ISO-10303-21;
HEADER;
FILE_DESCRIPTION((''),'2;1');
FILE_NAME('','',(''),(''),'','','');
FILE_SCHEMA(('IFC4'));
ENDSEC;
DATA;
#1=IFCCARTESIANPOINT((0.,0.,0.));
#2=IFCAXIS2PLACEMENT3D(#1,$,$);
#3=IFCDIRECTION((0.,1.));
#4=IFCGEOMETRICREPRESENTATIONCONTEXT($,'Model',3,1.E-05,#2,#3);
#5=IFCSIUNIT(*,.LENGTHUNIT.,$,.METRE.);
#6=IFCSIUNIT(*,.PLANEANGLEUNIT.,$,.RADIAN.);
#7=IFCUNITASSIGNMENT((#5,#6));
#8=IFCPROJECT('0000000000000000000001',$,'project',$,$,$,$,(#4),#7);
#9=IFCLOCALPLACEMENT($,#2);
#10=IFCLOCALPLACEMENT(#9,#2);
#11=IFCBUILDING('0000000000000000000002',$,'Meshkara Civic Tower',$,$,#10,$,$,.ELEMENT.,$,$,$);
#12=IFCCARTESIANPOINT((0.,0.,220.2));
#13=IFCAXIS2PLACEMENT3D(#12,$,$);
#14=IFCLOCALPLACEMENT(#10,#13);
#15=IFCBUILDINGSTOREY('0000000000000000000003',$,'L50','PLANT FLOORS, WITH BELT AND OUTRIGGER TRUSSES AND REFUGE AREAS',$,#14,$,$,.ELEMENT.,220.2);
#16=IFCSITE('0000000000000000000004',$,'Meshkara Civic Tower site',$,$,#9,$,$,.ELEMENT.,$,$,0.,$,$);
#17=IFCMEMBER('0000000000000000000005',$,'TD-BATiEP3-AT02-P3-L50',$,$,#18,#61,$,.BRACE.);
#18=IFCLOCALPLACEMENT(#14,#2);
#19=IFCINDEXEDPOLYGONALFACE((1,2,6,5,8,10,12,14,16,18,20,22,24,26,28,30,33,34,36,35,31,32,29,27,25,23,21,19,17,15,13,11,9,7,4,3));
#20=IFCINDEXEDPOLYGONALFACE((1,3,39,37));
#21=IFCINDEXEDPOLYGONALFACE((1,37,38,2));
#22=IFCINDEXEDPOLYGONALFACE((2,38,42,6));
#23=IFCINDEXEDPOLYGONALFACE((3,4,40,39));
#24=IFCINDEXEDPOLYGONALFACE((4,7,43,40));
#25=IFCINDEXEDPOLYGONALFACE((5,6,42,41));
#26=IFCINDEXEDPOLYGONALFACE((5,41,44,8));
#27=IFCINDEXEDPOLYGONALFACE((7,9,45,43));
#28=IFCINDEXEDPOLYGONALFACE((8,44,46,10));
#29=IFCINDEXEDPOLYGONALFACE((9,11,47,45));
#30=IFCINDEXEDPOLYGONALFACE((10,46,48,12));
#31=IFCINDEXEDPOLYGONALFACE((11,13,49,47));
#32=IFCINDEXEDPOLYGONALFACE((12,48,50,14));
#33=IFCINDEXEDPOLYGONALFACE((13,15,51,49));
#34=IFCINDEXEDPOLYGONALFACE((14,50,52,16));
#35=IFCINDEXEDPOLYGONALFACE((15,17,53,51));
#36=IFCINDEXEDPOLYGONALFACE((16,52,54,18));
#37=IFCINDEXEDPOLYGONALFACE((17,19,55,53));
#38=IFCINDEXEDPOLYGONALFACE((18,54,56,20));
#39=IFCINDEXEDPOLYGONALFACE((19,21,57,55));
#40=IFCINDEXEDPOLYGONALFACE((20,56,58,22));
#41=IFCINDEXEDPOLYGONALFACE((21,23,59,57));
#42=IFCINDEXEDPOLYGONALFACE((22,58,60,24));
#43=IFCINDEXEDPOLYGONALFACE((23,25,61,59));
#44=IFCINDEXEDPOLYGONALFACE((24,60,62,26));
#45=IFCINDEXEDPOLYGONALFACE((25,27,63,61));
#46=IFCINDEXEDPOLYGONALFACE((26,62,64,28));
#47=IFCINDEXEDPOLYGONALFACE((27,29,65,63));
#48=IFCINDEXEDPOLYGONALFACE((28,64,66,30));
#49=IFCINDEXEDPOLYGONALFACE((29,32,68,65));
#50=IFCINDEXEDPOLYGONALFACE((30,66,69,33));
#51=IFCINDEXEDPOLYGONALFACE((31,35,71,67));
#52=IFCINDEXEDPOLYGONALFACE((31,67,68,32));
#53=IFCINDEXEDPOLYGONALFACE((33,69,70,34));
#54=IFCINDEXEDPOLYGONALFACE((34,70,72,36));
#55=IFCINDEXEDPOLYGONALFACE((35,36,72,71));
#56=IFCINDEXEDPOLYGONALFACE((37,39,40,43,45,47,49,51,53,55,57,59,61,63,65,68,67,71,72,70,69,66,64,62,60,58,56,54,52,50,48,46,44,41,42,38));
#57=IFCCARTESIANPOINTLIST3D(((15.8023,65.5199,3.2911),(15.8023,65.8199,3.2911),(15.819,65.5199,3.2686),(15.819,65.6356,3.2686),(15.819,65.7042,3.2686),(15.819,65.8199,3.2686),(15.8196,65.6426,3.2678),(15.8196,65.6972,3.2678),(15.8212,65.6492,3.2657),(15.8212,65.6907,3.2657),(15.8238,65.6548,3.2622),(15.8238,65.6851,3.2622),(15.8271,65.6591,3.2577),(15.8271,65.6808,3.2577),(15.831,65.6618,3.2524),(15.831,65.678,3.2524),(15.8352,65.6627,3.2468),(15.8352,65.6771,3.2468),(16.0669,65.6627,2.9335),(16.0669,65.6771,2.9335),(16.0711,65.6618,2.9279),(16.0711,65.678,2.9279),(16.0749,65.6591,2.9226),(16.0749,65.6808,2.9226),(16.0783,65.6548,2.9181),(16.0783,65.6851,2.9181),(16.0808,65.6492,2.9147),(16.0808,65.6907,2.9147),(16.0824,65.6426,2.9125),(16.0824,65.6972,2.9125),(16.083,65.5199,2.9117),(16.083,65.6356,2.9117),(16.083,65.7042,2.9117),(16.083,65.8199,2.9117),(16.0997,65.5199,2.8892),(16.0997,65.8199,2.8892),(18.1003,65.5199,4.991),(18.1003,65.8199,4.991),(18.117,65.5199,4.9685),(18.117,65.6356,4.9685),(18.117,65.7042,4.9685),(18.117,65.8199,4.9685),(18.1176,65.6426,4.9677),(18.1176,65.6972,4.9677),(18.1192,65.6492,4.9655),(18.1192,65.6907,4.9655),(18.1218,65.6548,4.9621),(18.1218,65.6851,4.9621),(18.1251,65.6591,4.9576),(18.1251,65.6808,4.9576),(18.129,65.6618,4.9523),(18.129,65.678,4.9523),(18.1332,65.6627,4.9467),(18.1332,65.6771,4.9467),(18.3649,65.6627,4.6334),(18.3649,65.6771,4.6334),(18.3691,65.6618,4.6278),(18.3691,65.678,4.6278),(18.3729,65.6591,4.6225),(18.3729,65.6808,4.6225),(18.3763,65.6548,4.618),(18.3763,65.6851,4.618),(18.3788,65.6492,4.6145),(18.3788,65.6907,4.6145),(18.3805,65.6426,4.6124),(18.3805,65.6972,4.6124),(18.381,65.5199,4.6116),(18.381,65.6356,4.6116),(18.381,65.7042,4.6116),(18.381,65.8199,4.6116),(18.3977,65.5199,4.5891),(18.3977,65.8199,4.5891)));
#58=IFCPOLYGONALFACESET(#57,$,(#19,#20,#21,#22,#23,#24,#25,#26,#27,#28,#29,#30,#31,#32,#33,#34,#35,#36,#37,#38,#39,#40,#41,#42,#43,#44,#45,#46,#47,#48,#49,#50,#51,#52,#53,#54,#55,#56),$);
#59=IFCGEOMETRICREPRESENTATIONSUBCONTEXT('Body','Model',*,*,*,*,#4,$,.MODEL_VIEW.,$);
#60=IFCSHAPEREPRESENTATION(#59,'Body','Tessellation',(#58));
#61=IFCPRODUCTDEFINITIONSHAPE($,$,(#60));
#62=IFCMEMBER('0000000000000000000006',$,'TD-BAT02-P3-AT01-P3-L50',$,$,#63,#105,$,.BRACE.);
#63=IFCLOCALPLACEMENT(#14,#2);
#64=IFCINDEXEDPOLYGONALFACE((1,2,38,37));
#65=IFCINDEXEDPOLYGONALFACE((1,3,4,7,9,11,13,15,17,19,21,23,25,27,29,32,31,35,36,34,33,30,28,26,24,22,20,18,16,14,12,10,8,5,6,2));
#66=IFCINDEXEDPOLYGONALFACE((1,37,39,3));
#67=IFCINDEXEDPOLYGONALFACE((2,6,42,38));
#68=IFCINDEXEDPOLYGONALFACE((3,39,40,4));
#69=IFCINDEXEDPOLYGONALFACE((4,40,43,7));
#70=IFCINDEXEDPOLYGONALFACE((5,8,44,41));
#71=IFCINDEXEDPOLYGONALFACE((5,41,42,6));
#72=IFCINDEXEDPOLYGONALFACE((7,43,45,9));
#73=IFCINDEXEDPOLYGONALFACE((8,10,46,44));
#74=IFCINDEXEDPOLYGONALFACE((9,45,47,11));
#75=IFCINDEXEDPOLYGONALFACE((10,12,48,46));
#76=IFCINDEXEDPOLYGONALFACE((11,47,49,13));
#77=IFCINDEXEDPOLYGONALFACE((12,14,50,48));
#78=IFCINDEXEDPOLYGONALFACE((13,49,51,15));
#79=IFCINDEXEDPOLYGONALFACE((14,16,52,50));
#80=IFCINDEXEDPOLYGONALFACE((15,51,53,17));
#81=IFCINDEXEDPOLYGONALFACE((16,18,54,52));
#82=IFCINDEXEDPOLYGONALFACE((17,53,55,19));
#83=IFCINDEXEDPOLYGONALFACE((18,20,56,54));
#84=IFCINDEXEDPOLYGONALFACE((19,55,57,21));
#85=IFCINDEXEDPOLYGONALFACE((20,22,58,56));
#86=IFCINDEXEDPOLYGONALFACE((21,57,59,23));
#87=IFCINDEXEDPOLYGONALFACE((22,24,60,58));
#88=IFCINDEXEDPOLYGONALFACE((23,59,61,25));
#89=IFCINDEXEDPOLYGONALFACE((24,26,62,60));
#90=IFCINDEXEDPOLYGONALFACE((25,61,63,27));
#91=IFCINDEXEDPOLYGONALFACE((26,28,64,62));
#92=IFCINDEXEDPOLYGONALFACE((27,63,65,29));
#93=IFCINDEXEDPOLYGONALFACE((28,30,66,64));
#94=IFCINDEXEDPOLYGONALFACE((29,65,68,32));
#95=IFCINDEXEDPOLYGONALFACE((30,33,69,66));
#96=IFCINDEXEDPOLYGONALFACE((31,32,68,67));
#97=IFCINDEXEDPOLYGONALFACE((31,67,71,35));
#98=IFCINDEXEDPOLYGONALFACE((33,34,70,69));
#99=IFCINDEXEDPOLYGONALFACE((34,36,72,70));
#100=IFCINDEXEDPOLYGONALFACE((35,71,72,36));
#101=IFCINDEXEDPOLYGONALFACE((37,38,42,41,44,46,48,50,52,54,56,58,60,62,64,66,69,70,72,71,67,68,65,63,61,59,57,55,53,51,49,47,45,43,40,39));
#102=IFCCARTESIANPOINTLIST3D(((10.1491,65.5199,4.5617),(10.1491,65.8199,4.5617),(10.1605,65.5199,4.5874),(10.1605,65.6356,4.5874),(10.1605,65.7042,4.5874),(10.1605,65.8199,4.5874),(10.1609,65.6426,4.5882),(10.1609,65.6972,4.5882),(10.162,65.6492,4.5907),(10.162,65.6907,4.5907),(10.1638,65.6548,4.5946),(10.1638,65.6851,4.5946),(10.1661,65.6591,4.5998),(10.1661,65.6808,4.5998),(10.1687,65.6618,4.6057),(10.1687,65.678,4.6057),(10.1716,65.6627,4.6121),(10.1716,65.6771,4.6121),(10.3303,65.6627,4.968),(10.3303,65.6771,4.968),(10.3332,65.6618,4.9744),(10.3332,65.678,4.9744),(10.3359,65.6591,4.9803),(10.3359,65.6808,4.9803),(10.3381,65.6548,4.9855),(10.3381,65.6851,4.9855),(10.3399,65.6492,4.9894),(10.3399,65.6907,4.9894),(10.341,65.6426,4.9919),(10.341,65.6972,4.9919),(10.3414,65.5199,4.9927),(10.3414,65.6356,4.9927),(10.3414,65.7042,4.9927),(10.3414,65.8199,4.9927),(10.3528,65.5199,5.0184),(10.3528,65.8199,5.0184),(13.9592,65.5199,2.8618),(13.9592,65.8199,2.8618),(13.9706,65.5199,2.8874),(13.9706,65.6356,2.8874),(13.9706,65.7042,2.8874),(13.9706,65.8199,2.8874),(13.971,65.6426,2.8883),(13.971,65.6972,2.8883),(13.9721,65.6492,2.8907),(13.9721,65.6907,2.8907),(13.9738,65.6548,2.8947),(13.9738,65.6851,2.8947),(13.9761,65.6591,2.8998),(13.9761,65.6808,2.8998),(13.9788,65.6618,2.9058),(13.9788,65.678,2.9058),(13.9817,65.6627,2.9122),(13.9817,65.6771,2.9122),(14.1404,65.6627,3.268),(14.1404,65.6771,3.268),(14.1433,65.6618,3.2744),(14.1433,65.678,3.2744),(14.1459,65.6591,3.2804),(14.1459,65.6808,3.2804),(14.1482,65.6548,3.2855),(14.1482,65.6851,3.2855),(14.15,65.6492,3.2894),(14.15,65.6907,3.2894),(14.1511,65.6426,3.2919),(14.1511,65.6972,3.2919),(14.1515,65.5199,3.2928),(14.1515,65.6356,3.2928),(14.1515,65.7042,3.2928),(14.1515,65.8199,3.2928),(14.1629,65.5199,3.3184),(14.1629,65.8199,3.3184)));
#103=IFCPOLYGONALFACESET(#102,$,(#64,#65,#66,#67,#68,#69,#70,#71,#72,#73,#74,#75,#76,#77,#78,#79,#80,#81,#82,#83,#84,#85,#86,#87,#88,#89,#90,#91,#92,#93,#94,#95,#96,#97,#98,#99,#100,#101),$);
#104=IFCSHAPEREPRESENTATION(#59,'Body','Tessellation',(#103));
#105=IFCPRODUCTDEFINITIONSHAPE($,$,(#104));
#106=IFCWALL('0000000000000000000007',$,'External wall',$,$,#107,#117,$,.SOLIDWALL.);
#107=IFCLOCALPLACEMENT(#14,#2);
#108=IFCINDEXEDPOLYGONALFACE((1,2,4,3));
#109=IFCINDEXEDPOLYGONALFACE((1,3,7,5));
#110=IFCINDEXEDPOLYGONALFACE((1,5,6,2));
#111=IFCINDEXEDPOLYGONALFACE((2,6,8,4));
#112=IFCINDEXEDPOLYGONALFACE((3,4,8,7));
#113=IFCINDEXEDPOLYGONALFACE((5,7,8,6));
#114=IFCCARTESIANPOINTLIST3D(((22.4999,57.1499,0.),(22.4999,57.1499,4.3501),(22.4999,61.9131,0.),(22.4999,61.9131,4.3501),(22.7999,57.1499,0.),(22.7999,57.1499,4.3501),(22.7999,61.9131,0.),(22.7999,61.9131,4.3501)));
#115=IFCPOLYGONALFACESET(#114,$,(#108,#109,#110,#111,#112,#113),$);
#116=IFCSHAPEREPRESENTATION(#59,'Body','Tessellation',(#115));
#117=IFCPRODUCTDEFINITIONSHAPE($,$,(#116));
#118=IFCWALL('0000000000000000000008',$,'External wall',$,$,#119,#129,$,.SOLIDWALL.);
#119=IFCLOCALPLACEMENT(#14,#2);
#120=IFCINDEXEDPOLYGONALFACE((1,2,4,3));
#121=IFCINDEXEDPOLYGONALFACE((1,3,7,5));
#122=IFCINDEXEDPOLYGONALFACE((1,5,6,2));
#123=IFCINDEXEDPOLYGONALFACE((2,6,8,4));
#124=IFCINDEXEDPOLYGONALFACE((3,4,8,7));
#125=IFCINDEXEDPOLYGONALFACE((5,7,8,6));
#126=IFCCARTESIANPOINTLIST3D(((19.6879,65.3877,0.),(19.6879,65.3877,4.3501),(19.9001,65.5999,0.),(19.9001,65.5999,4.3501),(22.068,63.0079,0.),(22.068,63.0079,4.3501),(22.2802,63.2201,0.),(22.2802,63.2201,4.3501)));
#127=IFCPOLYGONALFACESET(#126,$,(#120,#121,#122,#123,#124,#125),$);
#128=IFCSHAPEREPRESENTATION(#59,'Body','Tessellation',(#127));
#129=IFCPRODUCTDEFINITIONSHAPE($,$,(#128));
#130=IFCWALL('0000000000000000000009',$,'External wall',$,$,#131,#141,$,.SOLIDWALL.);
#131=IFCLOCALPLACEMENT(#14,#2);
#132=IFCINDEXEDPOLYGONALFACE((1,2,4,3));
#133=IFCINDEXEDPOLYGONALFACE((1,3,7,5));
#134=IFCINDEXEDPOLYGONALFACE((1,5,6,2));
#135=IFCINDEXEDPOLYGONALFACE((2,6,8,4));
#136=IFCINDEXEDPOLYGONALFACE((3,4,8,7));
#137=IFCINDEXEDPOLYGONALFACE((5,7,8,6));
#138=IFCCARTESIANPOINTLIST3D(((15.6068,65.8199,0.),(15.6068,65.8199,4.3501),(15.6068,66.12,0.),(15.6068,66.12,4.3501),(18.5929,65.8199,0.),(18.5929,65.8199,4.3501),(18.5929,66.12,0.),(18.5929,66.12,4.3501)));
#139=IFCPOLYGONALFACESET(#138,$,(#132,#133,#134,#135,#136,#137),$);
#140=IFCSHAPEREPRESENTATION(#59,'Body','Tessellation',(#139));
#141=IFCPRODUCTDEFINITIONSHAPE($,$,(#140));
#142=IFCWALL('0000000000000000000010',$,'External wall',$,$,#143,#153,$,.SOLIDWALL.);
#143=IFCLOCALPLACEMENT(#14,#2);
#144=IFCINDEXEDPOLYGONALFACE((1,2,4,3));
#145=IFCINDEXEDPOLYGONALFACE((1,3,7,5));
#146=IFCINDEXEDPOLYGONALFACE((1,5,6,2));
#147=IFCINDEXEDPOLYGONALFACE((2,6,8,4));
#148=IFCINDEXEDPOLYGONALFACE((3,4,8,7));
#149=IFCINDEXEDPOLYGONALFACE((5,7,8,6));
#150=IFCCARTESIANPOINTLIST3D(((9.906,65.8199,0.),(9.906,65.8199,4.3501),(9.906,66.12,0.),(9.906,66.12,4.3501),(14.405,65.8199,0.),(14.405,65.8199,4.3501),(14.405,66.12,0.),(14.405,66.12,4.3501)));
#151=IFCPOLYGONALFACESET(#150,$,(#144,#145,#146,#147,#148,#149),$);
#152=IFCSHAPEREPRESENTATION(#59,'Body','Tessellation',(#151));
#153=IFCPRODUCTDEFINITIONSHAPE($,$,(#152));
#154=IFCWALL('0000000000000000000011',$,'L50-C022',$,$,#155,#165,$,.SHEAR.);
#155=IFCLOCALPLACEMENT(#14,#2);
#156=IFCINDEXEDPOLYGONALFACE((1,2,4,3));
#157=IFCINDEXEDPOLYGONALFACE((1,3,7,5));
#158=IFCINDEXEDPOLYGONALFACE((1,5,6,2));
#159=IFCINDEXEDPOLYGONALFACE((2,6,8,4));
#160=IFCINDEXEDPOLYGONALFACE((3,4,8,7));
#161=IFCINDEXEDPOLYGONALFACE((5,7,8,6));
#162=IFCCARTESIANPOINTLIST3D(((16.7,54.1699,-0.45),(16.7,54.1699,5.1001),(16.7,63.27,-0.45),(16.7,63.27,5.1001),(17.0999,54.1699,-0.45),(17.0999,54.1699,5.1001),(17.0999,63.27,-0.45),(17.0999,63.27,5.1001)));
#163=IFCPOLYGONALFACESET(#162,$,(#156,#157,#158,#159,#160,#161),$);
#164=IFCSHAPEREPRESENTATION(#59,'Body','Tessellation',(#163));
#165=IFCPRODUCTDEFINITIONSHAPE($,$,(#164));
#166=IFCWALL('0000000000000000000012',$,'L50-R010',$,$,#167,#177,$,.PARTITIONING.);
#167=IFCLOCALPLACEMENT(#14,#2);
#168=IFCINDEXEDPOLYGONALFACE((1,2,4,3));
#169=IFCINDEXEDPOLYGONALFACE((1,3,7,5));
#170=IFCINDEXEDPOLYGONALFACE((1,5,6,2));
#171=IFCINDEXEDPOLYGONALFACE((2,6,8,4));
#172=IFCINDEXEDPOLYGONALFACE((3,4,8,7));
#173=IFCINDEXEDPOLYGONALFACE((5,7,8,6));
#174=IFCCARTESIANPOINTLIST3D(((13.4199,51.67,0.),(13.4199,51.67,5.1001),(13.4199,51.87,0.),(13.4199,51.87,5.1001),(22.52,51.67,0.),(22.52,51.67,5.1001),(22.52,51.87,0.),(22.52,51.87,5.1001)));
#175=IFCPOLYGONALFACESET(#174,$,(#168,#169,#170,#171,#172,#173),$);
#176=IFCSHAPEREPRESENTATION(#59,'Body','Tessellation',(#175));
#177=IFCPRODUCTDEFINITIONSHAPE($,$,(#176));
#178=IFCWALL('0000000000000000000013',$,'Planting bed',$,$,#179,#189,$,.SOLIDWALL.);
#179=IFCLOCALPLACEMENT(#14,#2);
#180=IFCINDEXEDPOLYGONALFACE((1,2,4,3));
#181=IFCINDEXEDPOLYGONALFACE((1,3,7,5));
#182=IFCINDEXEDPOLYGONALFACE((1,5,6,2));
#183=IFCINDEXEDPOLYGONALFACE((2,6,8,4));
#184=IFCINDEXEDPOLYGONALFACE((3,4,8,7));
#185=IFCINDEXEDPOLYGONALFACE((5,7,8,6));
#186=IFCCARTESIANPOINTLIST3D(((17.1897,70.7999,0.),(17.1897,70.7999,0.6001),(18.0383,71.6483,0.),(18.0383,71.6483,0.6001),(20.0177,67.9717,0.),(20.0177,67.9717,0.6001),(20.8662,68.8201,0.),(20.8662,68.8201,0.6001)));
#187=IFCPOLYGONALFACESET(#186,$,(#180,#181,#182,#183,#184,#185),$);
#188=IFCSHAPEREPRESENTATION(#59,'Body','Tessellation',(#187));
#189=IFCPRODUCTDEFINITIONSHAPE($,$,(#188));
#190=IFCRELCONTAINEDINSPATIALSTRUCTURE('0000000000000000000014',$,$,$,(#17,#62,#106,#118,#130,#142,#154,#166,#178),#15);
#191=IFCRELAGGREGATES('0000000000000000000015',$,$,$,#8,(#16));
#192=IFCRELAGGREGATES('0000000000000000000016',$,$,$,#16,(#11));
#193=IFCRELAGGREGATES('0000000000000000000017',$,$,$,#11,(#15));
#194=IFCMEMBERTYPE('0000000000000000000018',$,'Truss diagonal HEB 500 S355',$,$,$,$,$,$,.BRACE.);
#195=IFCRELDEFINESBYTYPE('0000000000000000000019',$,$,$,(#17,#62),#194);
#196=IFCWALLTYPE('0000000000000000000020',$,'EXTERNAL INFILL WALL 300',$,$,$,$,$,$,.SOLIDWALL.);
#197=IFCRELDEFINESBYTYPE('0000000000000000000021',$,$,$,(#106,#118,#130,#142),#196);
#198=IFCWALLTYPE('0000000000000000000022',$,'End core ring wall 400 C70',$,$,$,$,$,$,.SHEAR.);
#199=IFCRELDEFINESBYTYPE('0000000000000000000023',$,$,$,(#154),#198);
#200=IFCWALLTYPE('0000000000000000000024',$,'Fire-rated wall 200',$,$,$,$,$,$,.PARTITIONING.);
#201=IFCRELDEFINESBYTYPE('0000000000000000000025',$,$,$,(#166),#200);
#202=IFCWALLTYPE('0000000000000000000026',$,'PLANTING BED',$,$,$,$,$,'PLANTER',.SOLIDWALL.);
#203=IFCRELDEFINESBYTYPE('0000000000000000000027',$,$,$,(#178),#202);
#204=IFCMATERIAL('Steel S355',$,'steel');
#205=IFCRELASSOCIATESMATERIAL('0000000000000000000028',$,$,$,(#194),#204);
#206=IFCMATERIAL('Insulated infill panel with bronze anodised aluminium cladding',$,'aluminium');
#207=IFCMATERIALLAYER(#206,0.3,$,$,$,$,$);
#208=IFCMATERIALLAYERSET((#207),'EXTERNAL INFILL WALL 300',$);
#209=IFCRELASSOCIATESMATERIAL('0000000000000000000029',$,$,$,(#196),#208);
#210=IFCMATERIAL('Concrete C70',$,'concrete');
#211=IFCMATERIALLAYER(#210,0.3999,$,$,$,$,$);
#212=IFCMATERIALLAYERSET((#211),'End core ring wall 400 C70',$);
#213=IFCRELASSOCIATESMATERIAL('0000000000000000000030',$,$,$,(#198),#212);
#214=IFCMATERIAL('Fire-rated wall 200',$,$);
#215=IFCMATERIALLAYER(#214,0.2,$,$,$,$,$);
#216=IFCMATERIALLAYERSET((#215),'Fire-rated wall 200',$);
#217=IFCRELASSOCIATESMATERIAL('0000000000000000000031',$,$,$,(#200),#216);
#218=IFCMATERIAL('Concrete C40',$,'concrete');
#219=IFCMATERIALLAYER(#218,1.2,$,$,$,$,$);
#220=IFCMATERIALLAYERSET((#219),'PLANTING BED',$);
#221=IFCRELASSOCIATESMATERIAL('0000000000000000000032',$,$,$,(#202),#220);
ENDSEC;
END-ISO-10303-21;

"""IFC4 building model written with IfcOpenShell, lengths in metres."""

from ifc_helpers import new_model, si_unit, direction, frame, frame_2d, origin, origin_2d, place, context, subcontext, project, spatial, rectangle, i_section, extrude, material, layer, layer_set, material_profile, profile_set, type_object, element, save


model = new_model("IFC4")

# Units and contexts
model_context = context("Model", 3, precision=1e-05, world=origin(), true_north=direction((0.0, 1.0)))
body_context = subcontext(model_context, "Body", "Model", "MODEL_VIEW")
ifc_project = project(units=[si_unit("LENGTHUNIT", "METRE"), si_unit("PLANEANGLEUNIT", "RADIAN")], contexts=[model_context])

# Site, building, storey
site_placement = place(None, origin())
site = spatial("IfcSite", under=ifc_project, at=site_placement, Name="Meshkara Civic Tower site", CompositionType="ELEMENT", RefElevation=0.0)
building_placement = place(site_placement, origin())
building = spatial("IfcBuilding", under=site, at=building_placement, Name="Meshkara Civic Tower", CompositionType="ELEMENT")
storey_placement = place(building_placement, frame((0.0, 0.0, 220.2)))
storey = spatial("IfcBuildingStorey", under=building, at=storey_placement, Name="L50", Description="PLANT FLOORS, WITH BELT AND OUTRIGGER TRUSSES AND REFUGE AREAS", CompositionType="ELEMENT", Elevation=220.2)

# Members
ifc_material_1 = material(Name="Steel S355", Category="steel")
ifc_material_profile_1 = material_profile(ifc_material_1, i_section(OverallWidth=0.3, OverallDepth=0.5, WebThickness=0.0144, FlangeThickness=0.0281, FilletRadius=0.0271, at=origin_2d()))
ifc_profile_set_1 = profile_set([ifc_material_profile_1], Name="Steel S355")
member_type = type_object("IfcMemberType", Name="Truss diagonal HEB 500 S355", PredefinedType="BRACE", material=ifc_profile_set_1)
member_1_placement = place(storey_placement, frame((18.249, 65.6699, 4.79), z_axis=(-0.803949, 0.0, -0.594698), x_axis=(0.0, -1.0, 0.0)))
element("IfcMember", 1, at=member_1_placement, inside=storey, type_object=member_type, Name="TD-BATiEP3-AT02-P3-L50", PredefinedType="BRACE", context=body_context, shape_type="SweptSolid", body=[
    extrude(i_section(OverallWidth=0.3, OverallDepth=0.5, WebThickness=0.0144, FlangeThickness=0.0281, FilletRadius=0.0271, at=origin_2d()), origin(), (0.0, 0.0, 1.0), 2.8584),
])
member_2_placement = place(storey_placement, frame((14.061, 65.6699, 3.0901), z_axis=(-0.913224, 0.0, 0.407457), x_axis=(0.0, -1.0, 0.0)))
element("IfcMember", 2, at=member_2_placement, inside=storey, type_object=member_type, Name="TD-BAT02-P3-AT01-P3-L50", PredefinedType="BRACE", context=body_context, shape_type="SweptSolid", body=[
    extrude(i_section(OverallWidth=0.3, OverallDepth=0.5, WebThickness=0.0144, FlangeThickness=0.0281, FilletRadius=0.0271, at=origin_2d()), origin(), (0.0, 0.0, 1.0), 4.1721),
])

# Walls
ifc_material_2 = material(Name="Insulated infill panel with bronze anodised aluminium cladding", Category="aluminium")
ifc_layer_1 = layer(ifc_material_2, 0.3)
ifc_layer_set_1 = layer_set([ifc_layer_1], Name="EXTERNAL INFILL WALL 300")
wall_type_1 = type_object("IfcWallType", Name="EXTERNAL INFILL WALL 300", PredefinedType="SOLIDWALL", material=ifc_layer_set_1)
wall_1_placement = place(storey_placement, frame((22.6499, 57.1499, 0.0), z_axis=(0.0, 0.0, 1.0), x_axis=(0.0, 1.0, 0.0)))
element("IfcWall", 3, at=wall_1_placement, inside=storey, type_object=wall_type_1, Name="External wall", PredefinedType="SOLIDWALL", context=body_context, shape_type="SweptSolid", body=[
    extrude(rectangle(XDim=4.7632, YDim=0.3, at=frame_2d((2.3816, 0.0))), origin(), (0.0, 0.0, 1.0), 4.3501),
])
wall_2_placement = place(storey_placement, frame((22.1741, 63.114, 0.0), z_axis=(0.0, 0.0, 1.0), x_axis=(-0.707143, 0.707071, 0.0)))
element("IfcWall", 4, at=wall_2_placement, inside=storey, type_object=wall_type_1, Name="External wall", PredefinedType="SOLIDWALL", context=body_context, shape_type="SweptSolid", body=[
    extrude(rectangle(XDim=3.3657, YDim=0.3, at=frame_2d((1.6829, 0.0))), origin(), (0.0, 0.0, 1.0), 4.3501),
])
wall_3_placement = place(storey_placement, frame((18.593, 65.97, 0.0), z_axis=(0.0, 0.0, 1.0), x_axis=(-1.0, 0.0, 0.0)))
element("IfcWall", 5, at=wall_3_placement, inside=storey, type_object=wall_type_1, Name="External wall", PredefinedType="SOLIDWALL", context=body_context, shape_type="SweptSolid", body=[
    extrude(rectangle(XDim=2.9861, YDim=0.3, at=frame_2d((1.4932, 0.0))), origin(), (0.0, 0.0, 1.0), 4.3501),
])
wall_4_placement = place(storey_placement, frame((14.405, 65.97, 0.0), z_axis=(0.0, 0.0, 1.0), x_axis=(-1.0, 0.0, 0.0)))
element("IfcWall", 6, at=wall_4_placement, inside=storey, type_object=wall_type_1, Name="External wall", PredefinedType="SOLIDWALL", context=body_context, shape_type="SweptSolid", body=[
    extrude(rectangle(XDim=4.499, YDim=0.3, at=frame_2d((2.2495, 0.0))), origin(), (0.0, 0.0, 1.0), 4.3501),
])
ifc_material_3 = material(Name="Concrete C70", Category="concrete")
ifc_layer_2 = layer(ifc_material_3, 0.3999)
ifc_layer_set_2 = layer_set([ifc_layer_2], Name="End core ring wall 400 C70")
wall_type_2 = type_object("IfcWallType", Name="End core ring wall 400 C70", PredefinedType="SHEAR", material=ifc_layer_set_2)
wall_5_placement = place(storey_placement, frame((16.8999, 54.1699, -0.45), z_axis=(0.0, 0.0, 1.0), x_axis=(0.0, 1.0, 0.0)))
element("IfcWall", 7, at=wall_5_placement, inside=storey, type_object=wall_type_2, Name="L50-C022", PredefinedType="SHEAR", context=body_context, shape_type="SweptSolid", body=[
    extrude(rectangle(XDim=9.1001, YDim=0.3999, at=frame_2d((4.55, 0.0))), origin(), (0.0, 0.0, 1.0), 5.55),
])
ifc_material_4 = material(Name="Fire-rated wall 200")
ifc_layer_3 = layer(ifc_material_4, 0.2)
ifc_layer_set_3 = layer_set([ifc_layer_3], Name="Fire-rated wall 200")
wall_type_3 = type_object("IfcWallType", Name="Fire-rated wall 200", PredefinedType="PARTITIONING", material=ifc_layer_set_3)
wall_6_placement = place(storey_placement, frame((13.4199, 51.77, 0.0), z_axis=(0.0, 0.0, 1.0), x_axis=(1.0, 0.0, 0.0)))
element("IfcWall", 8, at=wall_6_placement, inside=storey, type_object=wall_type_3, Name="L50-R010", PredefinedType="PARTITIONING", context=body_context, shape_type="SweptSolid", body=[
    extrude(rectangle(XDim=9.1001, YDim=0.2, at=frame_2d((4.55, 0.0))), origin(), (0.0, 0.0, 1.0), 5.1001),
])
ifc_material_5 = material(Name="Concrete C40", Category="concrete")
ifc_layer_4 = layer(ifc_material_5, 1.2)
ifc_layer_set_4 = layer_set([ifc_layer_4], Name="PLANTING BED")
wall_type_4 = type_object("IfcWallType", Name="PLANTING BED", ElementType="PLANTER", PredefinedType="SOLIDWALL", material=ifc_layer_set_4)
wall_7_placement = place(storey_placement, frame((17.614, 71.2241, 0.0), z_axis=(0.0, 0.0, 1.0), x_axis=(0.707076, -0.707137, 0.0)))
element("IfcWall", 9, at=wall_7_placement, inside=storey, type_object=wall_type_4, Name="Planting bed", PredefinedType="SOLIDWALL", context=body_context, shape_type="SweptSolid", body=[
    extrude(rectangle(XDim=3.9995, YDim=1.2, at=frame_2d((1.9998, 0.0))), origin(), (0.0, 0.0, 1.0), 0.6001),
])

save(model, "model.ifc")
